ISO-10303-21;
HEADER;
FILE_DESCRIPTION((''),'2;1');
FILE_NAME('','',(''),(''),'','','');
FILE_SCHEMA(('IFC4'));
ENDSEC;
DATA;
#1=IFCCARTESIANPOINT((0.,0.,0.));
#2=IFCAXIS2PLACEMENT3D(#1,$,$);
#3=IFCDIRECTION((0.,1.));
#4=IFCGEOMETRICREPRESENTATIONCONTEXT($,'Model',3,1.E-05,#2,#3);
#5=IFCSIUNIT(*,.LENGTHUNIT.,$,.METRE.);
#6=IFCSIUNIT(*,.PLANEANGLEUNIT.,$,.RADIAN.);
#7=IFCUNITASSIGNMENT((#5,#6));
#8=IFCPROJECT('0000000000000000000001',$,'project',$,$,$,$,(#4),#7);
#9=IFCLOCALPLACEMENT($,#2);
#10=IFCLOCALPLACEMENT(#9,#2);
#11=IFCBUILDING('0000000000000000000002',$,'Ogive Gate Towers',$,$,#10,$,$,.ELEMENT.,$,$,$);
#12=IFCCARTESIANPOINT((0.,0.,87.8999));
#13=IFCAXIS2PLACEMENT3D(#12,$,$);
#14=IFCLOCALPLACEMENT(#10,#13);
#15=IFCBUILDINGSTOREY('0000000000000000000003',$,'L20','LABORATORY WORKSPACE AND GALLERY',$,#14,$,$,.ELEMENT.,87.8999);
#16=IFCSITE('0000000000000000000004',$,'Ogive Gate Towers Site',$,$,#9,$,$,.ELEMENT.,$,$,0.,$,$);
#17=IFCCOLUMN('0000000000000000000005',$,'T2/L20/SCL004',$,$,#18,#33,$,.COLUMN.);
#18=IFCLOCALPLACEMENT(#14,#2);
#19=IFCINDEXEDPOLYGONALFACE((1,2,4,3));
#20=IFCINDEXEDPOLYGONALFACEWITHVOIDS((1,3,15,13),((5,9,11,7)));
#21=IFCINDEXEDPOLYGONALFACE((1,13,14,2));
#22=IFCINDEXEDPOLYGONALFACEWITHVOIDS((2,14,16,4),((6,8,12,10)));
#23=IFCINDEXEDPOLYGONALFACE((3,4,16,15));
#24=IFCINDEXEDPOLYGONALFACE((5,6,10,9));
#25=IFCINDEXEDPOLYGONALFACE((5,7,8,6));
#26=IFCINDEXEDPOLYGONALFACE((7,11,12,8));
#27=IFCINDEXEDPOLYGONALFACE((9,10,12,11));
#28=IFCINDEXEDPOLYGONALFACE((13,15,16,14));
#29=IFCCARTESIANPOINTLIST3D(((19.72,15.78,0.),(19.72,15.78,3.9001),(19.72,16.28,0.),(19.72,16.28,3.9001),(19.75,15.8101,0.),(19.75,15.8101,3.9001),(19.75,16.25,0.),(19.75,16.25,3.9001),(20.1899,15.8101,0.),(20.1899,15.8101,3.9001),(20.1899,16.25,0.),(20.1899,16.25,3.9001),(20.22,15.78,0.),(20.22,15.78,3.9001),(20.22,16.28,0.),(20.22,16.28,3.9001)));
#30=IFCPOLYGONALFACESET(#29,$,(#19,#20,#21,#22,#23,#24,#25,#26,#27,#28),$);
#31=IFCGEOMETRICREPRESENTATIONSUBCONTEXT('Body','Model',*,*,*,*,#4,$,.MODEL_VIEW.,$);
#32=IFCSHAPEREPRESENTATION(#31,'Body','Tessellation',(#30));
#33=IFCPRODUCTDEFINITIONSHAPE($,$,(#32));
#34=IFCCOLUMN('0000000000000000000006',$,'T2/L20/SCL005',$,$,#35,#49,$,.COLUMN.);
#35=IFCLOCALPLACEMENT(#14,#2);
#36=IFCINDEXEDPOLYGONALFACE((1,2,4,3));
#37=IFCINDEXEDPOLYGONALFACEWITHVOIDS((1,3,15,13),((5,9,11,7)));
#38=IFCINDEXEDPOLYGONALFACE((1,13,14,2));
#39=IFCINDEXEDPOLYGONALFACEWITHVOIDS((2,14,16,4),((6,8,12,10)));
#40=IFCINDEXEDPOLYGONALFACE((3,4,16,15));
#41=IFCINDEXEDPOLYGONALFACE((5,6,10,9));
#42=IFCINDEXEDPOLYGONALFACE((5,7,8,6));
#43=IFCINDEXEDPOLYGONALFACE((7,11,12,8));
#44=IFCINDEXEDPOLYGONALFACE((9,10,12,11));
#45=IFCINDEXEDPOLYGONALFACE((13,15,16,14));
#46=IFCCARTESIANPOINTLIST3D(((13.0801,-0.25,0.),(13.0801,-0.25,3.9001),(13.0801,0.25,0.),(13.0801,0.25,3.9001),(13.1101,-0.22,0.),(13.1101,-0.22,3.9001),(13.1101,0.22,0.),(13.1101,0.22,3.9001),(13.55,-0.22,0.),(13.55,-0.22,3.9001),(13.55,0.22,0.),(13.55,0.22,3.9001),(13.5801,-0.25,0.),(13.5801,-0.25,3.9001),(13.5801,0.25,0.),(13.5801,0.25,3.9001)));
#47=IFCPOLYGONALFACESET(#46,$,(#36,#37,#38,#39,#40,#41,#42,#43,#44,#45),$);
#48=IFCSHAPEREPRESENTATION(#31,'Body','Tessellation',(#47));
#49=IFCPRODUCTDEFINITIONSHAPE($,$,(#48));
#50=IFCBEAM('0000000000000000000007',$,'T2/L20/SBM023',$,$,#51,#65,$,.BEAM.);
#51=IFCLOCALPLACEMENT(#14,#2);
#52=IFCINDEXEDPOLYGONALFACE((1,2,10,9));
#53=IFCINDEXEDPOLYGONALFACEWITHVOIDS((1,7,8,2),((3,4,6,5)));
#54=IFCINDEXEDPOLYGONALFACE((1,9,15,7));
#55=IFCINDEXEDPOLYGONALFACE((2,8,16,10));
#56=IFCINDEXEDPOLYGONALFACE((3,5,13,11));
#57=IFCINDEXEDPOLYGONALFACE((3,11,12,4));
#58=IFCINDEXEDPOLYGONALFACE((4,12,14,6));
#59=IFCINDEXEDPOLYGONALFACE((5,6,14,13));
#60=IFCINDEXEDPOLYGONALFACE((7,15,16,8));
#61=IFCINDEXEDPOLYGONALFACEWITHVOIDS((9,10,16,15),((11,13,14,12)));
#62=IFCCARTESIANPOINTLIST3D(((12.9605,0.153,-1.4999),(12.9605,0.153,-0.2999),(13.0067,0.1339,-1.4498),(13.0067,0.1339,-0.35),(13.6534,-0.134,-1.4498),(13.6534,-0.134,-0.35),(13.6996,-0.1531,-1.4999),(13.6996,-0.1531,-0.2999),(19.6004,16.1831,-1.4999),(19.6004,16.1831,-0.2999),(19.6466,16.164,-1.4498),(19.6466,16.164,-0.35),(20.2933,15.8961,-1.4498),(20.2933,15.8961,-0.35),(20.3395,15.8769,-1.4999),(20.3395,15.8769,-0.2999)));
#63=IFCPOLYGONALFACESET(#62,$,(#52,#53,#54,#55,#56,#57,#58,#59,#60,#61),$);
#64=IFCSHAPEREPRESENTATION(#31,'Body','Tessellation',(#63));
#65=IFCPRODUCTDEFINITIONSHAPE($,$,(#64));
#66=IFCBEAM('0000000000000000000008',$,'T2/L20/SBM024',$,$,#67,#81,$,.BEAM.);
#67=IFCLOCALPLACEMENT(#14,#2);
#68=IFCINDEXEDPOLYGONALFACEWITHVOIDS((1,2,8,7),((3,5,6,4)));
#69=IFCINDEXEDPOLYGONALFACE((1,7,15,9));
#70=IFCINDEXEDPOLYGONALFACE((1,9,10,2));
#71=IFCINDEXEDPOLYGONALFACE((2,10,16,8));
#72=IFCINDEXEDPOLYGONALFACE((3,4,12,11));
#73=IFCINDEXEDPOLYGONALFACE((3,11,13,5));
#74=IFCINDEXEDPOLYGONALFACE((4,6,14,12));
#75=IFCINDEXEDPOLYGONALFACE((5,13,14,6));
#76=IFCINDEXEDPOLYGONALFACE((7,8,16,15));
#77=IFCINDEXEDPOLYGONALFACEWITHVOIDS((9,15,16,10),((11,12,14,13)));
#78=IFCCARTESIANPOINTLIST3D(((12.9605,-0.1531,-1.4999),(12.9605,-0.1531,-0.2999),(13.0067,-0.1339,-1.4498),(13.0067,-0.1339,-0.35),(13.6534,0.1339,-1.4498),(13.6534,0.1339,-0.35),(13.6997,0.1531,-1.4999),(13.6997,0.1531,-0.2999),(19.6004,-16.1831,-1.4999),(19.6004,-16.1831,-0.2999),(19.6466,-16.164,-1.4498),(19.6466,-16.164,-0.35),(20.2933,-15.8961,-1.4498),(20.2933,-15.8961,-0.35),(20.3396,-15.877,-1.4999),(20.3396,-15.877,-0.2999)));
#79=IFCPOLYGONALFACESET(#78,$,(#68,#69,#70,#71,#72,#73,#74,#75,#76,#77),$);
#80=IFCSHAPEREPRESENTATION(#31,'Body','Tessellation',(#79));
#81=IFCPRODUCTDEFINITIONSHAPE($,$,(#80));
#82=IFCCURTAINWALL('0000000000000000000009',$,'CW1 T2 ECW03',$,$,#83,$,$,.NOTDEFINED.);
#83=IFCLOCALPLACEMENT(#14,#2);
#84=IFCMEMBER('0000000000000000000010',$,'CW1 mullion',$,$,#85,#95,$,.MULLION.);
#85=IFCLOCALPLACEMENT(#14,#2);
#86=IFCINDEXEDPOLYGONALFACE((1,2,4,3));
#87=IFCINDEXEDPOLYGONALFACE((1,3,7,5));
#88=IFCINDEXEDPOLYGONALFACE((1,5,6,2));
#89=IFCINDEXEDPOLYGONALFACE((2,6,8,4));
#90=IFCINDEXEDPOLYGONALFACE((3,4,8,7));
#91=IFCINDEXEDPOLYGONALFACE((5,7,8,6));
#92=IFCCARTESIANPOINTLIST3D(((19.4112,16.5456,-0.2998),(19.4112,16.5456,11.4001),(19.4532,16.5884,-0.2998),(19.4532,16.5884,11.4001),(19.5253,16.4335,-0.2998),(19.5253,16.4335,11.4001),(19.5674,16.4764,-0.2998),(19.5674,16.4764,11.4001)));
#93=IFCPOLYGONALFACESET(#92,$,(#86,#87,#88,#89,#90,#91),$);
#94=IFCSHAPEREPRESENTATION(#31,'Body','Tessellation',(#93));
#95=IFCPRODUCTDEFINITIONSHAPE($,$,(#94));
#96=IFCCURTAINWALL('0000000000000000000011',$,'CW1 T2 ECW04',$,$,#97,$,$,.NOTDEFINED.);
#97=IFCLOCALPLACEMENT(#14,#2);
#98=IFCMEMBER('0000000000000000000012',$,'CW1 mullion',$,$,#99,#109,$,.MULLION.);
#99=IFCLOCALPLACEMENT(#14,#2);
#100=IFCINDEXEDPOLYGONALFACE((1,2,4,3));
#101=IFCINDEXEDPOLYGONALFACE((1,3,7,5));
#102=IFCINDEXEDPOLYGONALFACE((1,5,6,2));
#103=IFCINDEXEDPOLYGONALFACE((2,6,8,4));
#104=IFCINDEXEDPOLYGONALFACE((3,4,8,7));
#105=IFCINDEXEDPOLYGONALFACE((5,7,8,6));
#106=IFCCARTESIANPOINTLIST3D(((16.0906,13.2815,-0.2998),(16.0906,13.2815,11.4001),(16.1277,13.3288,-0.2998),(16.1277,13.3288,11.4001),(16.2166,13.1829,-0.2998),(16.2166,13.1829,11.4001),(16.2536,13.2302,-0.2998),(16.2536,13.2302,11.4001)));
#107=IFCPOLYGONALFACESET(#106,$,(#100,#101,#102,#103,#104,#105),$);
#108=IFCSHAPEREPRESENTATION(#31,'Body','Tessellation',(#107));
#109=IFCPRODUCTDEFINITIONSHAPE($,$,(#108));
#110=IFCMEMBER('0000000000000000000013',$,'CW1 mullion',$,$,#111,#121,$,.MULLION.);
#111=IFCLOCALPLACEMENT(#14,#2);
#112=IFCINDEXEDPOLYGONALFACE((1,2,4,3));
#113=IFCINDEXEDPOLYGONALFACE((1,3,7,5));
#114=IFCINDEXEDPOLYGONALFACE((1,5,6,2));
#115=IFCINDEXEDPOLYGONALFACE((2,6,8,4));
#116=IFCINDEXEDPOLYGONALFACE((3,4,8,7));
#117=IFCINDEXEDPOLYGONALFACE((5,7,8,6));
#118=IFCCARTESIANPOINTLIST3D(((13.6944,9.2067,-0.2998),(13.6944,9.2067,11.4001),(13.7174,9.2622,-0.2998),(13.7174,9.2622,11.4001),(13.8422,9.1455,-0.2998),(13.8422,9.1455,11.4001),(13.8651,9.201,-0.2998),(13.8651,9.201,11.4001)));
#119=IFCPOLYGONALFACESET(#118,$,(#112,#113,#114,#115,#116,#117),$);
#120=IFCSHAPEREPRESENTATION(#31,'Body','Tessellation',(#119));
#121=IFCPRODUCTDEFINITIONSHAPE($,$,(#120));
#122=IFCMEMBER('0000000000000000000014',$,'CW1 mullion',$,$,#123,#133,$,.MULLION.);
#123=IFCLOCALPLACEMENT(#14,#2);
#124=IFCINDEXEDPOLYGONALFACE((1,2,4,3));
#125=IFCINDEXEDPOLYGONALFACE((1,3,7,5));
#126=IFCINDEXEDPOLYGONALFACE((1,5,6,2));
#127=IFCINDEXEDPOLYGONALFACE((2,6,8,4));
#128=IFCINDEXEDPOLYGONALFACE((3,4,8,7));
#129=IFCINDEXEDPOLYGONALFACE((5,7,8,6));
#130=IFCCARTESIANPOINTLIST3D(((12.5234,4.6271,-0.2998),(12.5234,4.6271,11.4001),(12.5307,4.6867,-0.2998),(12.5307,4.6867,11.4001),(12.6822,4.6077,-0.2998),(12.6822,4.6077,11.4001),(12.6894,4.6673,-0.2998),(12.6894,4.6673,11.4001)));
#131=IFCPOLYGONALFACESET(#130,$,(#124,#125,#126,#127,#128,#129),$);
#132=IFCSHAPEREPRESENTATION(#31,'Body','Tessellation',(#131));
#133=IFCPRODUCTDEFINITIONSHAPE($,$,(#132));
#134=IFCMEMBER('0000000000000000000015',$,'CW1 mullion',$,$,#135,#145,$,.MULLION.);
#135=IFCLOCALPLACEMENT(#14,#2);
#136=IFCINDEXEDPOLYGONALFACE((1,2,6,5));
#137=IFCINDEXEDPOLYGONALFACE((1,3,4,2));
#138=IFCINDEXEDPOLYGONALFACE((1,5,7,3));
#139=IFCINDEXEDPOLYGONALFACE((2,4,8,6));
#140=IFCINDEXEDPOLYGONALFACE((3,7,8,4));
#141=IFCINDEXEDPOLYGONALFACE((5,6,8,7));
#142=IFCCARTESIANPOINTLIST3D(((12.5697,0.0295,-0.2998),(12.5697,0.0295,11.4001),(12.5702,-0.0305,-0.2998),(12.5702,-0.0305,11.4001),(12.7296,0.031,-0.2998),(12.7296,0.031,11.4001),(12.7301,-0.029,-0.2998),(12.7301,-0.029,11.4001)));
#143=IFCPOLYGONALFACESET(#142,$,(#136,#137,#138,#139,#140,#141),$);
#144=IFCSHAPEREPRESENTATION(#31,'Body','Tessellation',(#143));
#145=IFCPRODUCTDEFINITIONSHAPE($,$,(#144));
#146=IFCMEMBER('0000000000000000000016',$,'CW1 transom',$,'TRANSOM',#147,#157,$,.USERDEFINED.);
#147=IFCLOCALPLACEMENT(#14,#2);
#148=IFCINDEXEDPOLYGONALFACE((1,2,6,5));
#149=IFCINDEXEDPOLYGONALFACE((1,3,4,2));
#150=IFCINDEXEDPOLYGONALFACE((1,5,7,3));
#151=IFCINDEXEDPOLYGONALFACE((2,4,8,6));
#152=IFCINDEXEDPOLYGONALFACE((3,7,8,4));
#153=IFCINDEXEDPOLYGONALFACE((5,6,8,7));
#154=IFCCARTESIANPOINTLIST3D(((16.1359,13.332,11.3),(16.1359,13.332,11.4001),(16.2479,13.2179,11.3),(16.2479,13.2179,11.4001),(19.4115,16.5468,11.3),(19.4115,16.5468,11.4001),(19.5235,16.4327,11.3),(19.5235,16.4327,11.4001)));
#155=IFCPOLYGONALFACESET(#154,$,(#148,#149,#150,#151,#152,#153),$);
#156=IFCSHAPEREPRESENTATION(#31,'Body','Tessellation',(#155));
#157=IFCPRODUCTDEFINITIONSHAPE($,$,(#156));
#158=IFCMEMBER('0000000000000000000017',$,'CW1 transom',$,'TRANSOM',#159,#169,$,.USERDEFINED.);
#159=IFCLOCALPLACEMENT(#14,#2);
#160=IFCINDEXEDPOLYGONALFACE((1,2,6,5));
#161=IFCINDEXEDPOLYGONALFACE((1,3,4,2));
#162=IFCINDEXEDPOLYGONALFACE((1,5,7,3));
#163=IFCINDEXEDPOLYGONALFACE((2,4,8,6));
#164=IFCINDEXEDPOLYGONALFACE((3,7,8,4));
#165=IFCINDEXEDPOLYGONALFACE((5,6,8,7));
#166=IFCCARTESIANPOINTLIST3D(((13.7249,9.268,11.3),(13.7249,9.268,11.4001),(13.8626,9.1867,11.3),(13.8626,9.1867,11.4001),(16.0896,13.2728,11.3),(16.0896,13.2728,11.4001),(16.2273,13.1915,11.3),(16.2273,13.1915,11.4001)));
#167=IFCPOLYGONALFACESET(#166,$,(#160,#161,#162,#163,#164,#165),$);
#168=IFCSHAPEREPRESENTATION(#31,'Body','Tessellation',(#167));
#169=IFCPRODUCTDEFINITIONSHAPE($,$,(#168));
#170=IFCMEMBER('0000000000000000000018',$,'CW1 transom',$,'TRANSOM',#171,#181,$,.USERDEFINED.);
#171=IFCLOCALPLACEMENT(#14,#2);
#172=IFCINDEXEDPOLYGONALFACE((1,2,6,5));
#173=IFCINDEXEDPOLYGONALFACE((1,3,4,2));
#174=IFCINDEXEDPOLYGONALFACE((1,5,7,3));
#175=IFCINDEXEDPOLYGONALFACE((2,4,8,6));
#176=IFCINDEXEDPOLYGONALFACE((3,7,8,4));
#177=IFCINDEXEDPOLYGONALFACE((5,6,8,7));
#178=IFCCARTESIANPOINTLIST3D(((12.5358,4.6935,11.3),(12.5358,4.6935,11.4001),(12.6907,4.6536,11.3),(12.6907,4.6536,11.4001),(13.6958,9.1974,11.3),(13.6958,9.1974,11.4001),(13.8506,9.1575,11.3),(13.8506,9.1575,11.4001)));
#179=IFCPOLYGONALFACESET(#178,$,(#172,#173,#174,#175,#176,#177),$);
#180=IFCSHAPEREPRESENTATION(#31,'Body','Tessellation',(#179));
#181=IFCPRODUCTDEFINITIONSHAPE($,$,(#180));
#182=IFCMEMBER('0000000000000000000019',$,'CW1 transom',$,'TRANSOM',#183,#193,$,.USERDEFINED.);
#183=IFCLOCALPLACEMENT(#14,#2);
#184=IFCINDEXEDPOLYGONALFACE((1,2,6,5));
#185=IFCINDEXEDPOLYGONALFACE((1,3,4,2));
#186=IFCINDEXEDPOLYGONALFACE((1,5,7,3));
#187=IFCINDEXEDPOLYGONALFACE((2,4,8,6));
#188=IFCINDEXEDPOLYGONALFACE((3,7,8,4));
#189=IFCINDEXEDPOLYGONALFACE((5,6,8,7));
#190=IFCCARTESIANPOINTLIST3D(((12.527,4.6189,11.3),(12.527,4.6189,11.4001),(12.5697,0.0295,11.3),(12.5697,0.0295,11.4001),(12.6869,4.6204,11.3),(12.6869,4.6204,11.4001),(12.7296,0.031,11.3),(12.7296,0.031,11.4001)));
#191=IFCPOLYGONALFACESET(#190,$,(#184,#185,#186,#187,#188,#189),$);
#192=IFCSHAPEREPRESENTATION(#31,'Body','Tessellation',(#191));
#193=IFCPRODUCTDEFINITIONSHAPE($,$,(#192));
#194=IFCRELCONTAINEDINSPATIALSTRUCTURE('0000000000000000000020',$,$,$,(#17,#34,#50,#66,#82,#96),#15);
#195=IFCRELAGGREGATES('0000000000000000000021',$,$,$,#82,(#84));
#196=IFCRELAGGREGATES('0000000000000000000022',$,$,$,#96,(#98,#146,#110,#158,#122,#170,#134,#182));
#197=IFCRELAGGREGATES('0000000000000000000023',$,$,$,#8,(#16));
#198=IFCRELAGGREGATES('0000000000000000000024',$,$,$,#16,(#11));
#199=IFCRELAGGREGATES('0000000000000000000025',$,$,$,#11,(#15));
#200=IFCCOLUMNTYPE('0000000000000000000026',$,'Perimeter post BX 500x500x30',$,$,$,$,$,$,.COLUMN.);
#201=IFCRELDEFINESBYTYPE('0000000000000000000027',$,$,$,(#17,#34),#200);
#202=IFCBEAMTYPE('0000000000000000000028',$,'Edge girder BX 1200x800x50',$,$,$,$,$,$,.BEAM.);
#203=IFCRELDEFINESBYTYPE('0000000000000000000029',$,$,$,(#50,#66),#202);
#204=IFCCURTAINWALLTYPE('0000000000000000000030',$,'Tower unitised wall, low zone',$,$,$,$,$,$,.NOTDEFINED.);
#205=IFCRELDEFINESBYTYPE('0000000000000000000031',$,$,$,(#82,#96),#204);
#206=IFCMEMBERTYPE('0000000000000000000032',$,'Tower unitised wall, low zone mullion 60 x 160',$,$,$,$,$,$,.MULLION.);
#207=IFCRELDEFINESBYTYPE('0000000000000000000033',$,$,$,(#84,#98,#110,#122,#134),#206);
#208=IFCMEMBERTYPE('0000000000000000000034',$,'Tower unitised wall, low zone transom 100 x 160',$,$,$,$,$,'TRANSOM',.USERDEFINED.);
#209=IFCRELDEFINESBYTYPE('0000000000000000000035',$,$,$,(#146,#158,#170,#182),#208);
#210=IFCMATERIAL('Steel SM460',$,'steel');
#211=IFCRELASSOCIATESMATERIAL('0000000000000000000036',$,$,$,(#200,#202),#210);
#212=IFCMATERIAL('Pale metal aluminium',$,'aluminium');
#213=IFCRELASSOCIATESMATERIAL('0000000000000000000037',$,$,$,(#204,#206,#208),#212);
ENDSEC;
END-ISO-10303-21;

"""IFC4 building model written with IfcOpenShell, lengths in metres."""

from ifc_helpers import new_model, si_unit, direction, frame, origin, origin_2d, place, context, subcontext, project, spatial, rectangle, hollow_rectangle, extrude, material, material_profile, profile_set, type_object, element, aggregate, save


model = new_model("IFC4")

# Units and contexts
model_context = context("Model", 3, precision=1e-05, world=origin(), true_north=direction((0.0, 1.0)))
body_context = subcontext(model_context, "Body", "Model", "MODEL_VIEW")
ifc_project = project(units=[si_unit("LENGTHUNIT", "METRE"), si_unit("PLANEANGLEUNIT", "RADIAN")], contexts=[model_context])

# Site, building, storey
site_placement = place(None, origin())
site = spatial("IfcSite", under=ifc_project, at=site_placement, Name="Ogive Gate Towers Site", CompositionType="ELEMENT", RefElevation=0.0)
building_placement = place(site_placement, origin())
building = spatial("IfcBuilding", under=site, at=building_placement, Name="Ogive Gate Towers", CompositionType="ELEMENT")
storey_placement = place(building_placement, frame((0.0, 0.0, 87.8999)))
storey = spatial("IfcBuildingStorey", under=building, at=storey_placement, Name="L20", Description="LABORATORY WORKSPACE AND GALLERY", CompositionType="ELEMENT", Elevation=87.8999)

# Columns
ifc_material_1 = material(Name="Steel SM460", Category="steel")
ifc_material_profile_1 = material_profile(ifc_material_1, hollow_rectangle(XDim=0.5, YDim=0.5, WallThickness=0.03, at=origin_2d()), Name="BX 500x500x30")
ifc_profile_set_1 = profile_set([ifc_material_profile_1], Name="Steel SM460")
column_type = type_object("IfcColumnType", Name="Perimeter post BX 500x500x30", PredefinedType="COLUMN", material=ifc_profile_set_1)
for number, where, z_axis, x_axis, name in (
    (1, (19.97, 16.03, 0.0), (0.0, 0.0, 1.0), (1.0, 0.0, 0.0), "T2/L20/SCL004"),
    (2, (13.3301, 0.0, 0.0), (0.0, 0.0, 1.0), (1.0, 0.0, 0.0), "T2/L20/SCL005"),
):
    element("IfcColumn", number, at=place(storey_placement, frame(where, z_axis=z_axis, x_axis=x_axis)), inside=storey, type_object=column_type, Name=name, PredefinedType="COLUMN", context=body_context, shape_type="SweptSolid", body=[
        extrude(hollow_rectangle(XDim=0.5, YDim=0.5, WallThickness=0.03, at=origin_2d()), origin(), (0.0, 0.0, 1.0), 3.9001),
    ])

# Beams
ifc_material_profile_2 = material_profile(ifc_material_1, hollow_rectangle(XDim=0.8, YDim=1.2, WallThickness=0.05, at=origin_2d()), Name="BX 1200x800x50")
ifc_profile_set_2 = profile_set([ifc_material_profile_2], Name="Steel SM460")
beam_type = type_object("IfcBeamType", Name="Edge girder BX 1200x800x50", PredefinedType="BEAM", material=ifc_profile_set_2)
for number, where, z_axis, x_axis, name in (
    (3, (19.97, 16.03, -0.8999), (-0.382685, -0.923879, 0.0), (0.923879, -0.382685, 0.0), "T2/L20/SBM023"),
    (4, (13.3301, 0.0, -0.8999), (0.382685, -0.923879, 0.0), (0.923879, 0.382685, 0.0), "T2/L20/SBM024"),
):
    element("IfcBeam", number, at=place(storey_placement, frame(where, z_axis=z_axis, x_axis=x_axis)), inside=storey, type_object=beam_type, Name=name, PredefinedType="BEAM", context=body_context, shape_type="SweptSolid", body=[
        extrude(hollow_rectangle(XDim=0.8, YDim=1.2, WallThickness=0.05, at=origin_2d()), origin(), (0.0, 0.0, 1.0), 17.3508),
    ])

# Curtain wall, member
ifc_material_2 = material(Name="Pale metal aluminium", Category="aluminium")
curtain_wall_type = type_object("IfcCurtainWallType", Name="Tower unitised wall, low zone", PredefinedType="NOTDEFINED", material=ifc_material_2)
curtain_wall_1_placement = place(storey_placement, origin())
curtain_wall_1 = element("IfcCurtainWall", 5, at=curtain_wall_1_placement, inside=storey, type_object=curtain_wall_type, Name="CW1 T2 ECW03", PredefinedType="NOTDEFINED")
ifc_material_profile_3 = material_profile(ifc_material_2, rectangle(XDim=0.1599, YDim=0.0601, at=origin_2d()), Name="60 x 160 aluminium box")
ifc_profile_set_3 = profile_set([ifc_material_profile_3], Name="Pale metal aluminium")
member_type_1 = type_object("IfcMemberType", Name="Tower unitised wall, low zone mullion 60 x 160", PredefinedType="MULLION", material=ifc_profile_set_3)
member_1_placement = place(storey_placement, frame((19.4893, 16.511, -0.2998), z_axis=(0.0, 0.0, 1.0), x_axis=(-0.713678, 0.700473, 0.0)))
member_1 = element("IfcMember", 6, at=member_1_placement, type_object=member_type_1, Name="CW1 mullion", PredefinedType="MULLION", context=body_context, shape_type="SweptSolid", body=[
    extrude(rectangle(XDim=0.1599, YDim=0.0601, at=origin_2d()), origin(), (0.0, 0.0, 1.0), 11.7),
])

# Curtain wall, members
curtain_wall_2_placement = place(storey_placement, origin())
curtain_wall_2 = element("IfcCurtainWall", 7, at=curtain_wall_2_placement, inside=storey, type_object=curtain_wall_type, Name="CW1 T2 ECW04", PredefinedType="NOTDEFINED")
member_2_placement = place(storey_placement, frame((16.1721, 13.2559, -0.2998), z_axis=(0.0, 0.0, 1.0), x_axis=(-0.787495, 0.616321, 0.0)))
member_2 = element("IfcMember", 8, at=member_2_placement, type_object=member_type_1, Name="CW1 mullion", PredefinedType="MULLION", context=body_context, shape_type="SweptSolid", body=[
    extrude(rectangle(XDim=0.1599, YDim=0.0601, at=origin_2d()), origin(), (0.0, 0.0, 1.0), 11.7),
])
member_3_placement = place(storey_placement, frame((13.7798, 9.2039, -0.2998), z_axis=(0.0, 0.0, 1.0), x_axis=(-0.92388, 0.382683, 0.0)))
member_3 = element("IfcMember", 9, at=member_3_placement, type_object=member_type_1, Name="CW1 mullion", PredefinedType="MULLION", context=body_context, shape_type="SweptSolid", body=[
    extrude(rectangle(XDim=0.1599, YDim=0.0601, at=origin_2d()), origin(), (0.0, 0.0, 1.0), 11.7),
])
member_4_placement = place(storey_placement, frame((12.6064, 4.6472, -0.2998), z_axis=(0.0, 0.0, 1.0), x_axis=(-0.992648, 0.121038, 0.0)))
member_4 = element("IfcMember", 10, at=member_4_placement, type_object=member_type_1, Name="CW1 mullion", PredefinedType="MULLION", context=body_context, shape_type="SweptSolid", body=[
    extrude(rectangle(XDim=0.1599, YDim=0.0601, at=origin_2d()), origin(), (0.0, 0.0, 1.0), 11.7),
])
member_5_placement = place(storey_placement, frame((12.6499, 0.0002, -0.2998), z_axis=(0.0, 0.0, 1.0), x_axis=(-0.999956, -0.009337, 0.0)))
member_5 = element("IfcMember", 11, at=member_5_placement, type_object=member_type_1, Name="CW1 mullion", PredefinedType="MULLION", context=body_context, shape_type="SweptSolid", body=[
    extrude(rectangle(XDim=0.1599, YDim=0.0601, at=origin_2d()), origin(), (0.0, 0.0, 1.0), 11.7),
])
ifc_material_profile_4 = material_profile(ifc_material_2, rectangle(XDim=0.1599, YDim=0.1001, at=origin_2d()), Name="100 x 160 aluminium box")
ifc_profile_set_4 = profile_set([ifc_material_profile_4], Name="Pale metal aluminium")
member_type_2 = type_object("IfcMemberType", Name="Tower unitised wall, low zone transom 100 x 160", ElementType="TRANSOM", PredefinedType="USERDEFINED", material=ifc_profile_set_4)
member_6_placement = place(storey_placement, frame((19.4675, 16.4897, 11.3501), z_axis=(-0.713698, -0.700453, 0.0), x_axis=(0.700453, -0.713698, 0.0)))
member_6 = element("IfcMember", 12, at=member_6_placement, type_object=member_type_2, Name="CW1 transom", ObjectType="TRANSOM", PredefinedType="USERDEFINED", context=body_context, shape_type="SweptSolid", body=[
    extrude(rectangle(XDim=0.1599, YDim=0.1001, at=origin_2d()), origin(), (0.0, 0.0, 1.0), 4.5896),
])
member_7_placement = place(storey_placement, frame((16.1584, 13.2322, 11.3501), z_axis=(-0.508446, -0.861094, 0.0), x_axis=(0.861094, -0.508446, 0.0)))
member_7 = element("IfcMember", 13, at=member_7_placement, type_object=member_type_2, Name="CW1 transom", ObjectType="TRANSOM", PredefinedType="USERDEFINED", context=body_context, shape_type="SweptSolid", body=[
    extrude(rectangle(XDim=0.1599, YDim=0.1001, at=origin_2d()), origin(), (0.0, 0.0, 1.0), 4.6509),
])
member_8_placement = place(storey_placement, frame((13.7732, 9.1775, 11.3501), z_axis=(-0.249397, -0.968401, 0.0), x_axis=(0.968401, -0.249397, 0.0)))
member_8 = element("IfcMember", 14, at=member_8_placement, type_object=member_type_2, Name="CW1 transom", ObjectType="TRANSOM", PredefinedType="USERDEFINED", context=body_context, shape_type="SweptSolid", body=[
    extrude(rectangle(XDim=0.1599, YDim=0.1001, at=origin_2d()), origin(), (0.0, 0.0, 1.0), 4.6509),
])
member_9_placement = place(storey_placement, frame((12.6069, 4.6196, 11.3501), z_axis=(0.009309, -0.999957, 0.0), x_axis=(0.999957, 0.009309, 0.0)))
member_9 = element("IfcMember", 15, at=member_9_placement, type_object=member_type_2, Name="CW1 transom", ObjectType="TRANSOM", PredefinedType="USERDEFINED", context=body_context, shape_type="SweptSolid", body=[
    extrude(rectangle(XDim=0.1599, YDim=0.1001, at=origin_2d()), origin(), (0.0, 0.0, 1.0), 4.5896),
])

aggregate(curtain_wall_1, [member_1])
aggregate(curtain_wall_2, [member_2, member_6, member_3, member_7, member_4, member_8, member_5, member_9])

save(model, "model.ifc")
